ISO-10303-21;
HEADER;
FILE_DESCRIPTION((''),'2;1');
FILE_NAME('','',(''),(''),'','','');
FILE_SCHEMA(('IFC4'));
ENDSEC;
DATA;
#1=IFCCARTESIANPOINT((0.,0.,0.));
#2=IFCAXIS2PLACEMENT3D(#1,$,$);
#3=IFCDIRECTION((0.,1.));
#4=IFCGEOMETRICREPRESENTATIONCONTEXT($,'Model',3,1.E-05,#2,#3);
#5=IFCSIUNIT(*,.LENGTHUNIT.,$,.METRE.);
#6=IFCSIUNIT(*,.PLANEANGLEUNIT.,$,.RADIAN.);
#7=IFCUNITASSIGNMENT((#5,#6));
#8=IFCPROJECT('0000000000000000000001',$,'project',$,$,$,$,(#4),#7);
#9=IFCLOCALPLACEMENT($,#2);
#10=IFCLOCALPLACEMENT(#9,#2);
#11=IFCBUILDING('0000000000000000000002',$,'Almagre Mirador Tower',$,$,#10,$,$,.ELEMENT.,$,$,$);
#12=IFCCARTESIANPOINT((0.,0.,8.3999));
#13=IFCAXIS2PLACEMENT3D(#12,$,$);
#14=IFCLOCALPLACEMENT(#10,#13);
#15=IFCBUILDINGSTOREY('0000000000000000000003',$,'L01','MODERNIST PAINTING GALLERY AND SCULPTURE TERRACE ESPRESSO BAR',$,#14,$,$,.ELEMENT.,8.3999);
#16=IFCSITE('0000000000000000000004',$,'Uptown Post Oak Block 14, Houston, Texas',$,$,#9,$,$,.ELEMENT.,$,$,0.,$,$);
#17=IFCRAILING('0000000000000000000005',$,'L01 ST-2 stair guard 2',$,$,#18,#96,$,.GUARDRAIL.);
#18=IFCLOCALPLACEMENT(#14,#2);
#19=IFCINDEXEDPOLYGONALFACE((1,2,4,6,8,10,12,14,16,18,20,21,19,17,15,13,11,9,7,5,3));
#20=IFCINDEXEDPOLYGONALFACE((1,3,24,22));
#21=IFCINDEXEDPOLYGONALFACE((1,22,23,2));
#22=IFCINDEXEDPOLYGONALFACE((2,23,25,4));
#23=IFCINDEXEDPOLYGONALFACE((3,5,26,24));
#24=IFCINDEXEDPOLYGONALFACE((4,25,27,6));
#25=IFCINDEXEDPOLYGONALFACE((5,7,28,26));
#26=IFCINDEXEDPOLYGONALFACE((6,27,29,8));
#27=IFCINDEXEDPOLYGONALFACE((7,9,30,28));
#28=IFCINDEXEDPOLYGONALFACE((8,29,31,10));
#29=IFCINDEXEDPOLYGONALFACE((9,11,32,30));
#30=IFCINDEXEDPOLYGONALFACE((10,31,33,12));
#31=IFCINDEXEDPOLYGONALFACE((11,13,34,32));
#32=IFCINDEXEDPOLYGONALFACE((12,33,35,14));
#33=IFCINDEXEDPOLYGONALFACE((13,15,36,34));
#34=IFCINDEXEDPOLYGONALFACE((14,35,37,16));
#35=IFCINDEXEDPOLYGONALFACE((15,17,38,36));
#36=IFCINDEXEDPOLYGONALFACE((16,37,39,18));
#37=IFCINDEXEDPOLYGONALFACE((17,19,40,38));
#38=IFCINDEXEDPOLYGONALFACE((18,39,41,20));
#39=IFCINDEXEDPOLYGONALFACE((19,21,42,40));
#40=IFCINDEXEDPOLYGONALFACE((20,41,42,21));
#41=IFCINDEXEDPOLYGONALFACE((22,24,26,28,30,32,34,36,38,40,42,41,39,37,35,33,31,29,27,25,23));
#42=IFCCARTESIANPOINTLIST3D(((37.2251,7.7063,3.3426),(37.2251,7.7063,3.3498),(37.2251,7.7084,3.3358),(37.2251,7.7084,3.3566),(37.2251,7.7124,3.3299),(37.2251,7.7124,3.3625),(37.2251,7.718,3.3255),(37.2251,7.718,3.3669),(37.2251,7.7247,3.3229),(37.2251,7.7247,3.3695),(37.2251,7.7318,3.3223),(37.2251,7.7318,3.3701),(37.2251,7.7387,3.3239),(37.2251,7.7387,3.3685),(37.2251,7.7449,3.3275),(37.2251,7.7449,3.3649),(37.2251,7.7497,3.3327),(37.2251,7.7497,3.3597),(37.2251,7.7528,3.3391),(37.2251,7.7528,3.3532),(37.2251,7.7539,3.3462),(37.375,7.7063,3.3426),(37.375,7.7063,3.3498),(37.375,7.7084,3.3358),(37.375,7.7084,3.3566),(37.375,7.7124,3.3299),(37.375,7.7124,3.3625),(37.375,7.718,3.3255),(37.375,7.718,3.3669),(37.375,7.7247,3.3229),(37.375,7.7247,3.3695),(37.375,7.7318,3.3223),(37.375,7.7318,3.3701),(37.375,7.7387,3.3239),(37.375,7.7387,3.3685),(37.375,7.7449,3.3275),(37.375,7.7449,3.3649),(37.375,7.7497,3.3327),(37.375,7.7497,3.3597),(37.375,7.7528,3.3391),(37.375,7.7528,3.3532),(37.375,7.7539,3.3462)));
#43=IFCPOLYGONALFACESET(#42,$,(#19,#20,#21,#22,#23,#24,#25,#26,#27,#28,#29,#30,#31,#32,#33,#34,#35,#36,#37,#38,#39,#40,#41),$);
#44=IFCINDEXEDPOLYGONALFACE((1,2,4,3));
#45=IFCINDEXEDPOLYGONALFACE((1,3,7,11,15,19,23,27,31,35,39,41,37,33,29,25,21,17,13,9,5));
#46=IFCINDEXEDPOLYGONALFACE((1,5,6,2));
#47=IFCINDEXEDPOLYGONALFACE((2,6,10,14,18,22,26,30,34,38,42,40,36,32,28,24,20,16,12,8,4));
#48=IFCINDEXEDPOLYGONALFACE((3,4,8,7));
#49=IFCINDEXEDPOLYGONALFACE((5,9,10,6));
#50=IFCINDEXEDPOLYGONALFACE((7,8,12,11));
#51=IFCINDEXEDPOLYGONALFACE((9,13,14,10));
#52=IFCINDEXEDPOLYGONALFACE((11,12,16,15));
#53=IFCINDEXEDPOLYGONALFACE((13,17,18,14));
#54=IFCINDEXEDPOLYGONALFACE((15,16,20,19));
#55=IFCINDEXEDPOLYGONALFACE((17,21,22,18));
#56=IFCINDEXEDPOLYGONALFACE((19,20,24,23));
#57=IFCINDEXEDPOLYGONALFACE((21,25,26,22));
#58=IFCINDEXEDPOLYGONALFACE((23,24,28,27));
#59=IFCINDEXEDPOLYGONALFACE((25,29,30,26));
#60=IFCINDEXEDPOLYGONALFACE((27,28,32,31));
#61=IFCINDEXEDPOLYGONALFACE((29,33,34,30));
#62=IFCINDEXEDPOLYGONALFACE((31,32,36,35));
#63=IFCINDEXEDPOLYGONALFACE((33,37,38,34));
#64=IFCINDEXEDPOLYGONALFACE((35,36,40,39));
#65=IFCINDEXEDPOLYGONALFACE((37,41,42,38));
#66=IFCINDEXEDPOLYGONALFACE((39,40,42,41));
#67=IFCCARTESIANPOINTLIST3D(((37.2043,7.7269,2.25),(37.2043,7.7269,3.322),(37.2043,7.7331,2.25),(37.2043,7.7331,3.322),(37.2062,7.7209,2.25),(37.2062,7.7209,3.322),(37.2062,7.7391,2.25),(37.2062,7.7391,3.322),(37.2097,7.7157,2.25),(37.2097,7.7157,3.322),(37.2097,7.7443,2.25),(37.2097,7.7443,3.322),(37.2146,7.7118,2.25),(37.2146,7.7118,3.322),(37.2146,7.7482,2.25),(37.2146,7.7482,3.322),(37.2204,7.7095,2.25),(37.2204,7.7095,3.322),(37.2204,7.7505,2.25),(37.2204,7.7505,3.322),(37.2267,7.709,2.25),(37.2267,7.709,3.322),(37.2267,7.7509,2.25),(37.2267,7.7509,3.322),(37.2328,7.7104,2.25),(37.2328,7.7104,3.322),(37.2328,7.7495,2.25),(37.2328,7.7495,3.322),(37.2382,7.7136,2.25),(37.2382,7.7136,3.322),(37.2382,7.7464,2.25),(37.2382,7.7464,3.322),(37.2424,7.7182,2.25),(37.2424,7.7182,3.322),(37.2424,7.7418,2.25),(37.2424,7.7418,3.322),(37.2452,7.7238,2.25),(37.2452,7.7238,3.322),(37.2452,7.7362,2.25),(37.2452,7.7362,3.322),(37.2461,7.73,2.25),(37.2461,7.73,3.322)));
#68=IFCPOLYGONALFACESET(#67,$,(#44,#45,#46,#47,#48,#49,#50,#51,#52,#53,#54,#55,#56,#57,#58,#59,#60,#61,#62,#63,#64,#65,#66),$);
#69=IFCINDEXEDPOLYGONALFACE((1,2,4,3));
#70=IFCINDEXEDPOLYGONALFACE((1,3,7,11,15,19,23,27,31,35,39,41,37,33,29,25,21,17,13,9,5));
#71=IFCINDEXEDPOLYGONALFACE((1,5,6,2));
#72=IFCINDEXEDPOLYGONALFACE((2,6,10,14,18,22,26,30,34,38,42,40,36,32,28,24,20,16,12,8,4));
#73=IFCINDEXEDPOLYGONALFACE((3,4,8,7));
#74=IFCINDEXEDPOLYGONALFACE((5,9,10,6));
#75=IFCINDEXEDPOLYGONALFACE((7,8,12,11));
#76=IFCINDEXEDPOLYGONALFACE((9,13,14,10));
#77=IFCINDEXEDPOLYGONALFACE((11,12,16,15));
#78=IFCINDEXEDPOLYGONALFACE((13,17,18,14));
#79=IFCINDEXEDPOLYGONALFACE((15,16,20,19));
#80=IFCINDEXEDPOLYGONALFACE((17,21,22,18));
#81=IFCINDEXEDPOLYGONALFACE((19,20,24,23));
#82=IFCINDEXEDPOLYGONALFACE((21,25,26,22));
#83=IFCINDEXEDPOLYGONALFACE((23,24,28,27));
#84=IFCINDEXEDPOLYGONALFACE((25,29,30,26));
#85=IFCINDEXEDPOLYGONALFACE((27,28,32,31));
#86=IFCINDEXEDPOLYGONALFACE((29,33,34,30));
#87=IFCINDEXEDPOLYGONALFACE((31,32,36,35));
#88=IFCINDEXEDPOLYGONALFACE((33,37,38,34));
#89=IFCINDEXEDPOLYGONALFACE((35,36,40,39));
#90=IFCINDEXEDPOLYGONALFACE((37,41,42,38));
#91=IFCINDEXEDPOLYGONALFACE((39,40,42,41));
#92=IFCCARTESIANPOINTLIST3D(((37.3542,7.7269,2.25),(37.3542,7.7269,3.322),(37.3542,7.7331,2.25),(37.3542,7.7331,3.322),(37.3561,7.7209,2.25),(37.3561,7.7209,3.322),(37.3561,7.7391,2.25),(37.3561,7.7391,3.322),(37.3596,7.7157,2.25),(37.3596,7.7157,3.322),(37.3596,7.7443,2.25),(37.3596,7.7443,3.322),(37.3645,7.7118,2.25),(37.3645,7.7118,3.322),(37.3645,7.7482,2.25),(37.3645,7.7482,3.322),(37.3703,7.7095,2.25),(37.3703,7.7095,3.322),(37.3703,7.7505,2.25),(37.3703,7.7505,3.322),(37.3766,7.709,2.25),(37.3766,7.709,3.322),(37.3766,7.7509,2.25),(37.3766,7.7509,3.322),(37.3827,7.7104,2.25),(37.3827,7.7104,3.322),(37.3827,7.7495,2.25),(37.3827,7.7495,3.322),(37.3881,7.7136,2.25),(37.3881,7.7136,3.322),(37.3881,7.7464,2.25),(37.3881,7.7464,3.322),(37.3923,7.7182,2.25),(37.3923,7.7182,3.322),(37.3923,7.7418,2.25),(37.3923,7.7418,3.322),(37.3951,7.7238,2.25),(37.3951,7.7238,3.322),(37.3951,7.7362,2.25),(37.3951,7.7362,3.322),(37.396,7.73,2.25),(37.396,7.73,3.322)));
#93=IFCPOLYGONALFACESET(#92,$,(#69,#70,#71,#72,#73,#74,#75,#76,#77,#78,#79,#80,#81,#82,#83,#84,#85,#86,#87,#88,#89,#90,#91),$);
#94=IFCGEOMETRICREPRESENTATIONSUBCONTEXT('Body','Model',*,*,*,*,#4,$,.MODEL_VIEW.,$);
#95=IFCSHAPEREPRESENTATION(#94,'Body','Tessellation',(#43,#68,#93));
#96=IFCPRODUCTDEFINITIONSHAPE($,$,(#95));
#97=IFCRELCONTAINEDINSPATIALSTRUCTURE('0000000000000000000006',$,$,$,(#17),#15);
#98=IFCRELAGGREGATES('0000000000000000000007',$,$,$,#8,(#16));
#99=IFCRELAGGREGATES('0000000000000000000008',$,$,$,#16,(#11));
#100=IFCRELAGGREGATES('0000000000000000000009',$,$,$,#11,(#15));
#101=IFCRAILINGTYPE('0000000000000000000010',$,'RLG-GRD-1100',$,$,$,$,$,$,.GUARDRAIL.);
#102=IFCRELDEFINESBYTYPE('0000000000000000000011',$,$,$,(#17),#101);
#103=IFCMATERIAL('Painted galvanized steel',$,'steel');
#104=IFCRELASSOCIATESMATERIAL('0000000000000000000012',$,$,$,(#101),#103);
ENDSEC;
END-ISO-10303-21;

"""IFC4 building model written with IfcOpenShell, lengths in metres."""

from ifc_helpers import new_model, si_unit, direction, frame, origin, origin_2d, place, context, subcontext, project, spatial, circle, extrude, material, type_object, element, save


model = new_model("IFC4")

# Units and contexts
model_context = context("Model", 3, precision=1e-05, world=origin(), true_north=direction((0.0, 1.0)))
body_context = subcontext(model_context, "Body", "Model", "MODEL_VIEW")
ifc_project = project(units=[si_unit("LENGTHUNIT", "METRE"), si_unit("PLANEANGLEUNIT", "RADIAN")], contexts=[model_context])

# Site, building, storey
site_placement = place(None, origin())
site = spatial("IfcSite", under=ifc_project, at=site_placement, Name="Uptown Post Oak Block 14, Houston, Texas", CompositionType="ELEMENT", RefElevation=0.0)
building_placement = place(site_placement, origin())
building = spatial("IfcBuilding", under=site, at=building_placement, Name="Almagre Mirador Tower", CompositionType="ELEMENT")
storey_placement = place(building_placement, frame((0.0, 0.0, 8.3999)))
storey = spatial("IfcBuildingStorey", under=building, at=storey_placement, Name="L01", Description="MODERNIST PAINTING GALLERY AND SCULPTURE TERRACE ESPRESSO BAR", CompositionType="ELEMENT", Elevation=8.3999)

# Railing
ifc_material_1 = material(Name="Painted galvanized steel", Category="steel")
railing_type_1 = type_object("IfcRailingType", Name="RLG-GRD-1100", PredefinedType="GUARDRAIL", material=ifc_material_1)
railing_1_placement = place(storey_placement, frame((37.2251, 7.73, 2.25)))
element("IfcRailing", 1, at=railing_1_placement, inside=storey, type_object=railing_type_1, Name="L01 ST-2 stair guard 2", PredefinedType="GUARDRAIL", context=body_context, shape_type="SweptSolid", body=[
    extrude(circle(Radius=0.0239, at=origin_2d()), frame((0.0, 0.0, 1.0962), z_axis=(1.0, 0.0, 0.0), x_axis=(0.0, 1.0, 0.0)), (0.0, 0.0, 1.0), 0.1499),
    extrude(circle(Radius=0.021, at=origin_2d()), origin(), (0.0, 0.0, 1.0), 1.072),
    extrude(circle(Radius=0.021, at=origin_2d()), frame((0.1499, 0.0, 0.0)), (0.0, 0.0, 1.0), 1.072),
])

save(model, "model.ifc")
